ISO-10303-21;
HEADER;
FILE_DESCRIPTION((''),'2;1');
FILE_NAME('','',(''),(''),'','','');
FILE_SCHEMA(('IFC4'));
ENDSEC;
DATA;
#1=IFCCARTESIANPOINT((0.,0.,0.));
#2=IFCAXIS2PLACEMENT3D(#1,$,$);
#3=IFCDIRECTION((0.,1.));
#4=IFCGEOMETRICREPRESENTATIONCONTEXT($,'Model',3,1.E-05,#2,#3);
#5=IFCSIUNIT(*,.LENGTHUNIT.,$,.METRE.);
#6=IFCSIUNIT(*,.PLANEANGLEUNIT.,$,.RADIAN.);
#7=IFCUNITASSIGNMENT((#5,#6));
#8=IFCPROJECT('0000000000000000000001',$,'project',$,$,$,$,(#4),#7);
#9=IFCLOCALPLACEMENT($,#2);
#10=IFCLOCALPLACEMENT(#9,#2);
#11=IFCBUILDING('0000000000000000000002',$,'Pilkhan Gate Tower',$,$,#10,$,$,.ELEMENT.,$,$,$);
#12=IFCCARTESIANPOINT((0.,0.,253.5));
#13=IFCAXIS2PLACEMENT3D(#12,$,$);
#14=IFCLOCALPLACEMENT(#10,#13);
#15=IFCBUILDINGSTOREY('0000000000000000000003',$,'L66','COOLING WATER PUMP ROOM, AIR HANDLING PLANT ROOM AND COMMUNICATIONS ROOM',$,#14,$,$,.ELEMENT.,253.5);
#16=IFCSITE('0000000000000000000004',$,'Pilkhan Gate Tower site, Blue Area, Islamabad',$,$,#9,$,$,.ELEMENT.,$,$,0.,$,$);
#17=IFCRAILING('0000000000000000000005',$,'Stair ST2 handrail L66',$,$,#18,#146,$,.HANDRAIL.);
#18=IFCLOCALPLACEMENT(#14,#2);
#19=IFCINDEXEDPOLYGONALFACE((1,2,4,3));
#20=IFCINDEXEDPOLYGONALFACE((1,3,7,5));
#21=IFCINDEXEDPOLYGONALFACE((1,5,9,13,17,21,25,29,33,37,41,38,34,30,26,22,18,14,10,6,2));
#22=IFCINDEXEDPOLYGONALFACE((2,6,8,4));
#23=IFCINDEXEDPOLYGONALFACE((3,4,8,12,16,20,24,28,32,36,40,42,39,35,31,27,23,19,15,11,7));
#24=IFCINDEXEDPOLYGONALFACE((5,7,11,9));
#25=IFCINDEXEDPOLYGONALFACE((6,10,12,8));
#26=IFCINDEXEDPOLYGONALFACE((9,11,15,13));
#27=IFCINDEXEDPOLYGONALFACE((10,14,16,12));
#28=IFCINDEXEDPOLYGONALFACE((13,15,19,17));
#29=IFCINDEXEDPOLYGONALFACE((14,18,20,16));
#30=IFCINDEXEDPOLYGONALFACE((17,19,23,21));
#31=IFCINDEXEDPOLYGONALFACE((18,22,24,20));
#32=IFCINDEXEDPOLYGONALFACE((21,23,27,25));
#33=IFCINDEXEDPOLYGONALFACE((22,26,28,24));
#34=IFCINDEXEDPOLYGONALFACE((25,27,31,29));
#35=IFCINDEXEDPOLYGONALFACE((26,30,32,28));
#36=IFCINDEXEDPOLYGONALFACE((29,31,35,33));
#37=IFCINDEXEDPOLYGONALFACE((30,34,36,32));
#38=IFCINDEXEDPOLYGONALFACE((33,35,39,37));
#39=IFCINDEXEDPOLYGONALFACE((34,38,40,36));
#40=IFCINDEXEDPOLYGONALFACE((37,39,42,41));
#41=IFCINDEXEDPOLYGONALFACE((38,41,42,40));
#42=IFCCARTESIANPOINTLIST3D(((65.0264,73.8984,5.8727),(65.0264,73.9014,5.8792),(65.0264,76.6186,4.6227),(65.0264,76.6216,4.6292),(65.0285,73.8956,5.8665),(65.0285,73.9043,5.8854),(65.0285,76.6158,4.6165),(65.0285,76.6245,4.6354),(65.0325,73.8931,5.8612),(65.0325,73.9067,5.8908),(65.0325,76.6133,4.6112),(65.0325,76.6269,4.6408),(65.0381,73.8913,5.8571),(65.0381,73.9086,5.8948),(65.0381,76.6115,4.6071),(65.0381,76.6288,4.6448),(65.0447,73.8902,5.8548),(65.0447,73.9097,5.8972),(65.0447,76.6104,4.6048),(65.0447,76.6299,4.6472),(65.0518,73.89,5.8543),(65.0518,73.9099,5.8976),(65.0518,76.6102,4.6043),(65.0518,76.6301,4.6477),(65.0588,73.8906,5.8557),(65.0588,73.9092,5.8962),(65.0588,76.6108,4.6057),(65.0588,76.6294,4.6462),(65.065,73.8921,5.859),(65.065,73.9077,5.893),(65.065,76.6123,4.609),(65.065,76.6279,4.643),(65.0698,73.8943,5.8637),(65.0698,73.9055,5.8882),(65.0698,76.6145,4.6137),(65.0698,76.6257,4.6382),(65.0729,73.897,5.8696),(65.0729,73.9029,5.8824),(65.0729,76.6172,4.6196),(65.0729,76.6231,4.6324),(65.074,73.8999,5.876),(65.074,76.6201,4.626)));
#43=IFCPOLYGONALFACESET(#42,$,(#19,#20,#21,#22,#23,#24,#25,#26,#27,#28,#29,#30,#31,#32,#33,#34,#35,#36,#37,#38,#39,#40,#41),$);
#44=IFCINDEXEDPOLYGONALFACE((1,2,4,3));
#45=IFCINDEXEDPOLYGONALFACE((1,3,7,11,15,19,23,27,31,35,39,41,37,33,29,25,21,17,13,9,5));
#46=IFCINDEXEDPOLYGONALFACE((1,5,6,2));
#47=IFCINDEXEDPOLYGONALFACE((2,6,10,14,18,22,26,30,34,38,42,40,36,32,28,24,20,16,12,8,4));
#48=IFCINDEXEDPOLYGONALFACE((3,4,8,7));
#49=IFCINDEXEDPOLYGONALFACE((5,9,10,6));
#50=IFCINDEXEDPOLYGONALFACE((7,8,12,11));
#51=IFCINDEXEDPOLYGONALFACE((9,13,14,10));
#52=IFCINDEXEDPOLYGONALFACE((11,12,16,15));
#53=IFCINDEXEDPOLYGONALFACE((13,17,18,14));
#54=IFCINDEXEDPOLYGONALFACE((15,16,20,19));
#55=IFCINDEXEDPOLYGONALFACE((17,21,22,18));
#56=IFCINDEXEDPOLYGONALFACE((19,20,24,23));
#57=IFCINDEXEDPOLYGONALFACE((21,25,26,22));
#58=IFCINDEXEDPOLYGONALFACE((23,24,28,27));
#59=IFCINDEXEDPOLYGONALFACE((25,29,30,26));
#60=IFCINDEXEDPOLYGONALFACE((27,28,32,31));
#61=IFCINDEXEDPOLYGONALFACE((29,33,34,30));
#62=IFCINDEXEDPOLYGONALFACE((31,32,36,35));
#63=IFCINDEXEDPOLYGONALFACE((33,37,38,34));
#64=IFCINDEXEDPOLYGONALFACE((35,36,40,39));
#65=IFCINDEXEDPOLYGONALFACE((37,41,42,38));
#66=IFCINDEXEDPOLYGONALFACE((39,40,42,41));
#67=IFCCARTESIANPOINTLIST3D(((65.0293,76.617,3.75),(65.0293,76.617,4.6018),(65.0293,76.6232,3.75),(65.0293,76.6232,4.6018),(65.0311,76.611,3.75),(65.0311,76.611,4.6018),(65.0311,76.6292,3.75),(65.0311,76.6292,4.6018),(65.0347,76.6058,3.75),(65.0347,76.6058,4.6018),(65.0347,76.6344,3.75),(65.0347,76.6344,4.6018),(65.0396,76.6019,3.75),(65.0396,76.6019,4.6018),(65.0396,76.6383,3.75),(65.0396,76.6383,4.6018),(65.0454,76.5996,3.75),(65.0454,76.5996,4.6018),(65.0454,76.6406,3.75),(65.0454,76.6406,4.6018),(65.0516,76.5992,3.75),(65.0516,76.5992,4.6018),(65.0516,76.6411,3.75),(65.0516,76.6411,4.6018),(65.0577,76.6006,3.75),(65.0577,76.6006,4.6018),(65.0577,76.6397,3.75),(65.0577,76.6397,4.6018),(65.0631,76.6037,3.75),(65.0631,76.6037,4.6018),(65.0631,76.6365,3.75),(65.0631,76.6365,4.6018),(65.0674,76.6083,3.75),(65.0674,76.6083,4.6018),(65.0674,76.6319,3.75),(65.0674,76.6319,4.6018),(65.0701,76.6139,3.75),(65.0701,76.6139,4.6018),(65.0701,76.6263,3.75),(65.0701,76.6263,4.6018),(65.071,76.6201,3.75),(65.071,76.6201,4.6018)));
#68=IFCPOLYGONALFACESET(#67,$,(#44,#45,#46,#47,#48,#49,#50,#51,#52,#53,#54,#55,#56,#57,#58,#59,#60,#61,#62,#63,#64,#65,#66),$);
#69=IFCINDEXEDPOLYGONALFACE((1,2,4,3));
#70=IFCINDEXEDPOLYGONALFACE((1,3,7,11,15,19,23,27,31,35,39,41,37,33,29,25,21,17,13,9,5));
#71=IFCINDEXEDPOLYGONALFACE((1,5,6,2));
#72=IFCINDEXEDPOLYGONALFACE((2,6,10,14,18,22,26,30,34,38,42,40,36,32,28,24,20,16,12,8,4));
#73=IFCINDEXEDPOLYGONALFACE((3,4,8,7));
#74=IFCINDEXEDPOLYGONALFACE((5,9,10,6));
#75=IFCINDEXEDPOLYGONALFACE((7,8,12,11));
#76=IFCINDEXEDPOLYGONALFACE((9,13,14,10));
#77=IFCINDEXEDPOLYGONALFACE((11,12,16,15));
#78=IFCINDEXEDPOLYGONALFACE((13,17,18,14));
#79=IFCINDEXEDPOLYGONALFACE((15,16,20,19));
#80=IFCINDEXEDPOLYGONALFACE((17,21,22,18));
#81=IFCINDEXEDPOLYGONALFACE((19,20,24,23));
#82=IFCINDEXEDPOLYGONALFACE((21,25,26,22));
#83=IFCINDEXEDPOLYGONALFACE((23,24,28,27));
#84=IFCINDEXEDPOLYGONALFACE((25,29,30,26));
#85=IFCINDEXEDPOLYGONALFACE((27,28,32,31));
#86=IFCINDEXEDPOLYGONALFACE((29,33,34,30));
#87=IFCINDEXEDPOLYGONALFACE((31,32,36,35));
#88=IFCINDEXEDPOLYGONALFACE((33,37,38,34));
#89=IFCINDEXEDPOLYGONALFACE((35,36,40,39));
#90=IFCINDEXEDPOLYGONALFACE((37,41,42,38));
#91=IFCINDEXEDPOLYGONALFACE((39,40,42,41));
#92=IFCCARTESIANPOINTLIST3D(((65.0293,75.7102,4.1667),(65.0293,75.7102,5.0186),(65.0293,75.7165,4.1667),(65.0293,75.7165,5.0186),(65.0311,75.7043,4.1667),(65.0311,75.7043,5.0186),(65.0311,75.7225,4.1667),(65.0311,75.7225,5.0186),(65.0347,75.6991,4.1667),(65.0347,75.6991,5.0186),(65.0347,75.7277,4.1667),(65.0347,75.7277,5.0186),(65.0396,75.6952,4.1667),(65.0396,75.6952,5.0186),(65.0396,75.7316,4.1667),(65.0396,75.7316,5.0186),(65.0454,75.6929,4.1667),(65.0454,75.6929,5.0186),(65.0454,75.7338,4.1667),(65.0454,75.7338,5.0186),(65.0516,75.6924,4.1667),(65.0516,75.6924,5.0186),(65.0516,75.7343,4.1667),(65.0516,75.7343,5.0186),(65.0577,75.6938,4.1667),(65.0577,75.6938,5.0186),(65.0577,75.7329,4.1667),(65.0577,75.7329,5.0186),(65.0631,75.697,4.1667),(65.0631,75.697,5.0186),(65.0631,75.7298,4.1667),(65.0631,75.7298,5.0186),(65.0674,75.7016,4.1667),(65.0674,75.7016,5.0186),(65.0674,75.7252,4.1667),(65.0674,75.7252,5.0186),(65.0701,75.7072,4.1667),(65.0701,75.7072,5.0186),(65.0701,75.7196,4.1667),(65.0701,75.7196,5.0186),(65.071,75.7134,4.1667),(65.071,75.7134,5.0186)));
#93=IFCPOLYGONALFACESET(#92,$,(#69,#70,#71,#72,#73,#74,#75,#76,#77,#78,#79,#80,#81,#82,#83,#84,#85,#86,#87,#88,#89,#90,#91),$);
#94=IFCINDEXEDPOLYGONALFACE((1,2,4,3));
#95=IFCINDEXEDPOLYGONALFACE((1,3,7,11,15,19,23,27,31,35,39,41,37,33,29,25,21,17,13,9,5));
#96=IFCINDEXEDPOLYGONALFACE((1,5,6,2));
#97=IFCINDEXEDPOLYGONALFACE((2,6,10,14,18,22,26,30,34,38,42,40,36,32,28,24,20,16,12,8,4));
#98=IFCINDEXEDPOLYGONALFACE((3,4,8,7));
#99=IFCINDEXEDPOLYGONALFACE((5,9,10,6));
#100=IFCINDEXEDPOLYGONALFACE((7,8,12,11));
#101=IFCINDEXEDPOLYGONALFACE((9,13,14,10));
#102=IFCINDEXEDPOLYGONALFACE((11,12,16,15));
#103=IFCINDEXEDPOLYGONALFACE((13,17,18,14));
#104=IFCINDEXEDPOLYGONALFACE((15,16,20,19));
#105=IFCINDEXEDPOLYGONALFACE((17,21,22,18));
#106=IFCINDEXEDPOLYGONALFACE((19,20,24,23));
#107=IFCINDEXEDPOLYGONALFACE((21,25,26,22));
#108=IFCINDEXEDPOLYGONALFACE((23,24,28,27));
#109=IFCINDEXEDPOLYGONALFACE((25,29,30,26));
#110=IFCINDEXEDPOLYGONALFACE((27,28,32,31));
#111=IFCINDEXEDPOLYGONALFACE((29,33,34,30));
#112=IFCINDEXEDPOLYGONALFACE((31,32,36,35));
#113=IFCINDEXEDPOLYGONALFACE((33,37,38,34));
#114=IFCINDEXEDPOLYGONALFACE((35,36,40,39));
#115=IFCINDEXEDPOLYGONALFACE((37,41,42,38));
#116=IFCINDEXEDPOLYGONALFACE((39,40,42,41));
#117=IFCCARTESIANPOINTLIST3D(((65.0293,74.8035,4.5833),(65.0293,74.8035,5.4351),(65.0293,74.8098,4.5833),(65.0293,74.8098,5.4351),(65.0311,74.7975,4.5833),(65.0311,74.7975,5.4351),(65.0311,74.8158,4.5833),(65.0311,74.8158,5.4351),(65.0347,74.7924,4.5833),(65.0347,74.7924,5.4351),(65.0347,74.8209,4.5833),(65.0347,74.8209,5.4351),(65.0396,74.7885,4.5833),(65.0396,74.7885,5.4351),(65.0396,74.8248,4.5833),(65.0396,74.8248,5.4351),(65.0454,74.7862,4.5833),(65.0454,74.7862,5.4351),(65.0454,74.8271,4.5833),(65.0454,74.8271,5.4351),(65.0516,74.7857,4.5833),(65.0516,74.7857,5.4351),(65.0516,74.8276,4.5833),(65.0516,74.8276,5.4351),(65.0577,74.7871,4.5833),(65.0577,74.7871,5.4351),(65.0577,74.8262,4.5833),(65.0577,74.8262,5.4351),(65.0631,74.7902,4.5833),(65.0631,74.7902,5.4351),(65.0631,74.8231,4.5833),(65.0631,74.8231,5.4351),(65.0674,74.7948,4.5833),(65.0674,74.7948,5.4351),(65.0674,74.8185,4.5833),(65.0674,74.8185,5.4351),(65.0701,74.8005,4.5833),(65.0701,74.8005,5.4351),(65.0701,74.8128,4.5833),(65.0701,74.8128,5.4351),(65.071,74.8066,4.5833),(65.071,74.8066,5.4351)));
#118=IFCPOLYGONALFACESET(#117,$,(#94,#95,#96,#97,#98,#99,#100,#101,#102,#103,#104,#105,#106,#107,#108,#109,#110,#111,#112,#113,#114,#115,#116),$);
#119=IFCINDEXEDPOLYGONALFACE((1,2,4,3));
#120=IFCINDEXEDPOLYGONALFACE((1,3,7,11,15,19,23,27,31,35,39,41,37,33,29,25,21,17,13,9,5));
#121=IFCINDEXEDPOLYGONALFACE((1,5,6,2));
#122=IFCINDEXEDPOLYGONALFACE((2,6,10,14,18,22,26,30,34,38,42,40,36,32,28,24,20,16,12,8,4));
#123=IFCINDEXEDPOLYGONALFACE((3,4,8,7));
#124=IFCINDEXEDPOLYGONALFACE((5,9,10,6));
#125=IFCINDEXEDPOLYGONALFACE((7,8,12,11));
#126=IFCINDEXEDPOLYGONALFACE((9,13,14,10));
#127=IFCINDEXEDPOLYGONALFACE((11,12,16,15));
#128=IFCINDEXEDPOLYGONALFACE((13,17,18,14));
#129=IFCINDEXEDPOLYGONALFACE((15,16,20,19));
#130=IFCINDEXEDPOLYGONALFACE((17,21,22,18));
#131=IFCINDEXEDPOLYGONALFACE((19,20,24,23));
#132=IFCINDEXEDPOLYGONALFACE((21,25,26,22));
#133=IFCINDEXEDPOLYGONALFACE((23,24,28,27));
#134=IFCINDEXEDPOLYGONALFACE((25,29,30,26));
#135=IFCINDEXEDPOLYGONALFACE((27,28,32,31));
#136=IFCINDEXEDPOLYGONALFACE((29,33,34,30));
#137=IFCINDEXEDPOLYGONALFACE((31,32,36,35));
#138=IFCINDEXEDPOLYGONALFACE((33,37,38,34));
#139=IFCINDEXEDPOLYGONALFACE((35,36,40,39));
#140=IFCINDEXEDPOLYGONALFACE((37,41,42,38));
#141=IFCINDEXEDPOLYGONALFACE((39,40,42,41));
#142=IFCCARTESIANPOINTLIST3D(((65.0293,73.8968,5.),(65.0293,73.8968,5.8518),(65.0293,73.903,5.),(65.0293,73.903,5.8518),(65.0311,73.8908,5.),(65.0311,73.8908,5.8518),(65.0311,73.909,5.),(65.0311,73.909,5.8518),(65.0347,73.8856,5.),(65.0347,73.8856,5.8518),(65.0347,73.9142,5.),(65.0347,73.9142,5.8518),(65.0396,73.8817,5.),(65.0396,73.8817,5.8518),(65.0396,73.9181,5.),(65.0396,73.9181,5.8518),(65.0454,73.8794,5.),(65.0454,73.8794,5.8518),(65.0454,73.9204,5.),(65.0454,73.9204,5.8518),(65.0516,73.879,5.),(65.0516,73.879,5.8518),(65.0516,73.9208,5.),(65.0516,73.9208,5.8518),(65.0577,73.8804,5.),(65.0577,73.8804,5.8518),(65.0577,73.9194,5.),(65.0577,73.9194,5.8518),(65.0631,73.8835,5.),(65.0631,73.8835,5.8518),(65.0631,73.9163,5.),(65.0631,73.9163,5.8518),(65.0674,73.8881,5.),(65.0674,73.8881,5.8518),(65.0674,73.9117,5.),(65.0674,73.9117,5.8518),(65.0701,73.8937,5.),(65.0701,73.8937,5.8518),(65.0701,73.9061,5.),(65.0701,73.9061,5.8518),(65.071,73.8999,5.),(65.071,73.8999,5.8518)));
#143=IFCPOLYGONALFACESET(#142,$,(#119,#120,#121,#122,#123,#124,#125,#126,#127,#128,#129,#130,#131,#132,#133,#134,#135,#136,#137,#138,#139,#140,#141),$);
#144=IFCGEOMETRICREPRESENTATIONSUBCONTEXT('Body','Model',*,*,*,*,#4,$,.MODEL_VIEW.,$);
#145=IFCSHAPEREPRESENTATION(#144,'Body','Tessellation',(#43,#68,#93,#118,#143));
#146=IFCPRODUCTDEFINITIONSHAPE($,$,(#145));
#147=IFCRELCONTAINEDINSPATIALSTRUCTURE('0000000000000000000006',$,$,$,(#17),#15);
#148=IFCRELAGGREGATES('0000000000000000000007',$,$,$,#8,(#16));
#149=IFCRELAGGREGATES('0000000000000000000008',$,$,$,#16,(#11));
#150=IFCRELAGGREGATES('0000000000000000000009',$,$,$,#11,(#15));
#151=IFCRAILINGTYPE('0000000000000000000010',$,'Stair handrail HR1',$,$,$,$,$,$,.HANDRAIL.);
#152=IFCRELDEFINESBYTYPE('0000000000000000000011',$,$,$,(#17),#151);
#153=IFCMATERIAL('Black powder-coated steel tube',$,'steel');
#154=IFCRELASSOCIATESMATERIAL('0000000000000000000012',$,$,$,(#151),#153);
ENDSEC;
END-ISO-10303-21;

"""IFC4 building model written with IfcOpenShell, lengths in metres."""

from ifc_helpers import new_model, si_unit, direction, frame, origin, origin_2d, place, context, subcontext, project, spatial, circle, extrude, material, type_object, element, save


model = new_model("IFC4")

# Units and contexts
model_context = context("Model", 3, precision=1e-05, world=origin(), true_north=direction((0.0, 1.0)))
body_context = subcontext(model_context, "Body", "Model", "MODEL_VIEW")
ifc_project = project(units=[si_unit("LENGTHUNIT", "METRE"), si_unit("PLANEANGLEUNIT", "RADIAN")], contexts=[model_context])

# Site, building, storey
site_placement = place(None, origin())
site = spatial("IfcSite", under=ifc_project, at=site_placement, Name="Pilkhan Gate Tower site, Blue Area, Islamabad", CompositionType="ELEMENT", RefElevation=0.0)
building_placement = place(site_placement, origin())
building = spatial("IfcBuilding", under=site, at=building_placement, Name="Pilkhan Gate Tower", CompositionType="ELEMENT")
storey_placement = place(building_placement, frame((0.0, 0.0, 253.5)))
storey = spatial("IfcBuildingStorey", under=building, at=storey_placement, Name="L66", Description="COOLING WATER PUMP ROOM, AIR HANDLING PLANT ROOM AND COMMUNICATIONS ROOM", CompositionType="ELEMENT", Elevation=253.5)

# Railing
ifc_material_1 = material(Name="Black powder-coated steel tube", Category="steel")
railing_type_1 = type_object("IfcRailingType", Name="Stair handrail HR1", PredefinedType="HANDRAIL", material=ifc_material_1)
railing_1_placement = place(storey_placement, frame((65.05, 76.6201, 3.75)))
element("IfcRailing", 1, at=railing_1_placement, inside=storey, type_object=railing_type_1, Name="Stair ST2 handrail L66", PredefinedType="HANDRAIL", context=body_context, shape_type="SweptSolid", body=[
    extrude(circle(Radius=0.0239, at=origin_2d()), frame((0.0, 0.0, 0.876), z_axis=(0.0, -0.908655, 0.417547), x_axis=(1.0, 0.0, 0.0)), (0.0, 0.0, 1.0), 2.9937),
    extrude(circle(Radius=0.021, at=origin_2d()), origin(), (0.0, 0.0, 1.0), 0.8518),
    extrude(circle(Radius=0.021, at=origin_2d()), frame((0.0, -0.9067, 0.4167)), (0.0, 0.0, 1.0), 0.8518),
    extrude(circle(Radius=0.021, at=origin_2d()), frame((0.0, -1.8135, 0.8333)), (0.0, 0.0, 1.0), 0.8518),
    extrude(circle(Radius=0.021, at=origin_2d()), frame((0.0, -2.7202, 1.25)), (0.0, 0.0, 1.0), 0.8518),
])

save(model, "model.ifc")
